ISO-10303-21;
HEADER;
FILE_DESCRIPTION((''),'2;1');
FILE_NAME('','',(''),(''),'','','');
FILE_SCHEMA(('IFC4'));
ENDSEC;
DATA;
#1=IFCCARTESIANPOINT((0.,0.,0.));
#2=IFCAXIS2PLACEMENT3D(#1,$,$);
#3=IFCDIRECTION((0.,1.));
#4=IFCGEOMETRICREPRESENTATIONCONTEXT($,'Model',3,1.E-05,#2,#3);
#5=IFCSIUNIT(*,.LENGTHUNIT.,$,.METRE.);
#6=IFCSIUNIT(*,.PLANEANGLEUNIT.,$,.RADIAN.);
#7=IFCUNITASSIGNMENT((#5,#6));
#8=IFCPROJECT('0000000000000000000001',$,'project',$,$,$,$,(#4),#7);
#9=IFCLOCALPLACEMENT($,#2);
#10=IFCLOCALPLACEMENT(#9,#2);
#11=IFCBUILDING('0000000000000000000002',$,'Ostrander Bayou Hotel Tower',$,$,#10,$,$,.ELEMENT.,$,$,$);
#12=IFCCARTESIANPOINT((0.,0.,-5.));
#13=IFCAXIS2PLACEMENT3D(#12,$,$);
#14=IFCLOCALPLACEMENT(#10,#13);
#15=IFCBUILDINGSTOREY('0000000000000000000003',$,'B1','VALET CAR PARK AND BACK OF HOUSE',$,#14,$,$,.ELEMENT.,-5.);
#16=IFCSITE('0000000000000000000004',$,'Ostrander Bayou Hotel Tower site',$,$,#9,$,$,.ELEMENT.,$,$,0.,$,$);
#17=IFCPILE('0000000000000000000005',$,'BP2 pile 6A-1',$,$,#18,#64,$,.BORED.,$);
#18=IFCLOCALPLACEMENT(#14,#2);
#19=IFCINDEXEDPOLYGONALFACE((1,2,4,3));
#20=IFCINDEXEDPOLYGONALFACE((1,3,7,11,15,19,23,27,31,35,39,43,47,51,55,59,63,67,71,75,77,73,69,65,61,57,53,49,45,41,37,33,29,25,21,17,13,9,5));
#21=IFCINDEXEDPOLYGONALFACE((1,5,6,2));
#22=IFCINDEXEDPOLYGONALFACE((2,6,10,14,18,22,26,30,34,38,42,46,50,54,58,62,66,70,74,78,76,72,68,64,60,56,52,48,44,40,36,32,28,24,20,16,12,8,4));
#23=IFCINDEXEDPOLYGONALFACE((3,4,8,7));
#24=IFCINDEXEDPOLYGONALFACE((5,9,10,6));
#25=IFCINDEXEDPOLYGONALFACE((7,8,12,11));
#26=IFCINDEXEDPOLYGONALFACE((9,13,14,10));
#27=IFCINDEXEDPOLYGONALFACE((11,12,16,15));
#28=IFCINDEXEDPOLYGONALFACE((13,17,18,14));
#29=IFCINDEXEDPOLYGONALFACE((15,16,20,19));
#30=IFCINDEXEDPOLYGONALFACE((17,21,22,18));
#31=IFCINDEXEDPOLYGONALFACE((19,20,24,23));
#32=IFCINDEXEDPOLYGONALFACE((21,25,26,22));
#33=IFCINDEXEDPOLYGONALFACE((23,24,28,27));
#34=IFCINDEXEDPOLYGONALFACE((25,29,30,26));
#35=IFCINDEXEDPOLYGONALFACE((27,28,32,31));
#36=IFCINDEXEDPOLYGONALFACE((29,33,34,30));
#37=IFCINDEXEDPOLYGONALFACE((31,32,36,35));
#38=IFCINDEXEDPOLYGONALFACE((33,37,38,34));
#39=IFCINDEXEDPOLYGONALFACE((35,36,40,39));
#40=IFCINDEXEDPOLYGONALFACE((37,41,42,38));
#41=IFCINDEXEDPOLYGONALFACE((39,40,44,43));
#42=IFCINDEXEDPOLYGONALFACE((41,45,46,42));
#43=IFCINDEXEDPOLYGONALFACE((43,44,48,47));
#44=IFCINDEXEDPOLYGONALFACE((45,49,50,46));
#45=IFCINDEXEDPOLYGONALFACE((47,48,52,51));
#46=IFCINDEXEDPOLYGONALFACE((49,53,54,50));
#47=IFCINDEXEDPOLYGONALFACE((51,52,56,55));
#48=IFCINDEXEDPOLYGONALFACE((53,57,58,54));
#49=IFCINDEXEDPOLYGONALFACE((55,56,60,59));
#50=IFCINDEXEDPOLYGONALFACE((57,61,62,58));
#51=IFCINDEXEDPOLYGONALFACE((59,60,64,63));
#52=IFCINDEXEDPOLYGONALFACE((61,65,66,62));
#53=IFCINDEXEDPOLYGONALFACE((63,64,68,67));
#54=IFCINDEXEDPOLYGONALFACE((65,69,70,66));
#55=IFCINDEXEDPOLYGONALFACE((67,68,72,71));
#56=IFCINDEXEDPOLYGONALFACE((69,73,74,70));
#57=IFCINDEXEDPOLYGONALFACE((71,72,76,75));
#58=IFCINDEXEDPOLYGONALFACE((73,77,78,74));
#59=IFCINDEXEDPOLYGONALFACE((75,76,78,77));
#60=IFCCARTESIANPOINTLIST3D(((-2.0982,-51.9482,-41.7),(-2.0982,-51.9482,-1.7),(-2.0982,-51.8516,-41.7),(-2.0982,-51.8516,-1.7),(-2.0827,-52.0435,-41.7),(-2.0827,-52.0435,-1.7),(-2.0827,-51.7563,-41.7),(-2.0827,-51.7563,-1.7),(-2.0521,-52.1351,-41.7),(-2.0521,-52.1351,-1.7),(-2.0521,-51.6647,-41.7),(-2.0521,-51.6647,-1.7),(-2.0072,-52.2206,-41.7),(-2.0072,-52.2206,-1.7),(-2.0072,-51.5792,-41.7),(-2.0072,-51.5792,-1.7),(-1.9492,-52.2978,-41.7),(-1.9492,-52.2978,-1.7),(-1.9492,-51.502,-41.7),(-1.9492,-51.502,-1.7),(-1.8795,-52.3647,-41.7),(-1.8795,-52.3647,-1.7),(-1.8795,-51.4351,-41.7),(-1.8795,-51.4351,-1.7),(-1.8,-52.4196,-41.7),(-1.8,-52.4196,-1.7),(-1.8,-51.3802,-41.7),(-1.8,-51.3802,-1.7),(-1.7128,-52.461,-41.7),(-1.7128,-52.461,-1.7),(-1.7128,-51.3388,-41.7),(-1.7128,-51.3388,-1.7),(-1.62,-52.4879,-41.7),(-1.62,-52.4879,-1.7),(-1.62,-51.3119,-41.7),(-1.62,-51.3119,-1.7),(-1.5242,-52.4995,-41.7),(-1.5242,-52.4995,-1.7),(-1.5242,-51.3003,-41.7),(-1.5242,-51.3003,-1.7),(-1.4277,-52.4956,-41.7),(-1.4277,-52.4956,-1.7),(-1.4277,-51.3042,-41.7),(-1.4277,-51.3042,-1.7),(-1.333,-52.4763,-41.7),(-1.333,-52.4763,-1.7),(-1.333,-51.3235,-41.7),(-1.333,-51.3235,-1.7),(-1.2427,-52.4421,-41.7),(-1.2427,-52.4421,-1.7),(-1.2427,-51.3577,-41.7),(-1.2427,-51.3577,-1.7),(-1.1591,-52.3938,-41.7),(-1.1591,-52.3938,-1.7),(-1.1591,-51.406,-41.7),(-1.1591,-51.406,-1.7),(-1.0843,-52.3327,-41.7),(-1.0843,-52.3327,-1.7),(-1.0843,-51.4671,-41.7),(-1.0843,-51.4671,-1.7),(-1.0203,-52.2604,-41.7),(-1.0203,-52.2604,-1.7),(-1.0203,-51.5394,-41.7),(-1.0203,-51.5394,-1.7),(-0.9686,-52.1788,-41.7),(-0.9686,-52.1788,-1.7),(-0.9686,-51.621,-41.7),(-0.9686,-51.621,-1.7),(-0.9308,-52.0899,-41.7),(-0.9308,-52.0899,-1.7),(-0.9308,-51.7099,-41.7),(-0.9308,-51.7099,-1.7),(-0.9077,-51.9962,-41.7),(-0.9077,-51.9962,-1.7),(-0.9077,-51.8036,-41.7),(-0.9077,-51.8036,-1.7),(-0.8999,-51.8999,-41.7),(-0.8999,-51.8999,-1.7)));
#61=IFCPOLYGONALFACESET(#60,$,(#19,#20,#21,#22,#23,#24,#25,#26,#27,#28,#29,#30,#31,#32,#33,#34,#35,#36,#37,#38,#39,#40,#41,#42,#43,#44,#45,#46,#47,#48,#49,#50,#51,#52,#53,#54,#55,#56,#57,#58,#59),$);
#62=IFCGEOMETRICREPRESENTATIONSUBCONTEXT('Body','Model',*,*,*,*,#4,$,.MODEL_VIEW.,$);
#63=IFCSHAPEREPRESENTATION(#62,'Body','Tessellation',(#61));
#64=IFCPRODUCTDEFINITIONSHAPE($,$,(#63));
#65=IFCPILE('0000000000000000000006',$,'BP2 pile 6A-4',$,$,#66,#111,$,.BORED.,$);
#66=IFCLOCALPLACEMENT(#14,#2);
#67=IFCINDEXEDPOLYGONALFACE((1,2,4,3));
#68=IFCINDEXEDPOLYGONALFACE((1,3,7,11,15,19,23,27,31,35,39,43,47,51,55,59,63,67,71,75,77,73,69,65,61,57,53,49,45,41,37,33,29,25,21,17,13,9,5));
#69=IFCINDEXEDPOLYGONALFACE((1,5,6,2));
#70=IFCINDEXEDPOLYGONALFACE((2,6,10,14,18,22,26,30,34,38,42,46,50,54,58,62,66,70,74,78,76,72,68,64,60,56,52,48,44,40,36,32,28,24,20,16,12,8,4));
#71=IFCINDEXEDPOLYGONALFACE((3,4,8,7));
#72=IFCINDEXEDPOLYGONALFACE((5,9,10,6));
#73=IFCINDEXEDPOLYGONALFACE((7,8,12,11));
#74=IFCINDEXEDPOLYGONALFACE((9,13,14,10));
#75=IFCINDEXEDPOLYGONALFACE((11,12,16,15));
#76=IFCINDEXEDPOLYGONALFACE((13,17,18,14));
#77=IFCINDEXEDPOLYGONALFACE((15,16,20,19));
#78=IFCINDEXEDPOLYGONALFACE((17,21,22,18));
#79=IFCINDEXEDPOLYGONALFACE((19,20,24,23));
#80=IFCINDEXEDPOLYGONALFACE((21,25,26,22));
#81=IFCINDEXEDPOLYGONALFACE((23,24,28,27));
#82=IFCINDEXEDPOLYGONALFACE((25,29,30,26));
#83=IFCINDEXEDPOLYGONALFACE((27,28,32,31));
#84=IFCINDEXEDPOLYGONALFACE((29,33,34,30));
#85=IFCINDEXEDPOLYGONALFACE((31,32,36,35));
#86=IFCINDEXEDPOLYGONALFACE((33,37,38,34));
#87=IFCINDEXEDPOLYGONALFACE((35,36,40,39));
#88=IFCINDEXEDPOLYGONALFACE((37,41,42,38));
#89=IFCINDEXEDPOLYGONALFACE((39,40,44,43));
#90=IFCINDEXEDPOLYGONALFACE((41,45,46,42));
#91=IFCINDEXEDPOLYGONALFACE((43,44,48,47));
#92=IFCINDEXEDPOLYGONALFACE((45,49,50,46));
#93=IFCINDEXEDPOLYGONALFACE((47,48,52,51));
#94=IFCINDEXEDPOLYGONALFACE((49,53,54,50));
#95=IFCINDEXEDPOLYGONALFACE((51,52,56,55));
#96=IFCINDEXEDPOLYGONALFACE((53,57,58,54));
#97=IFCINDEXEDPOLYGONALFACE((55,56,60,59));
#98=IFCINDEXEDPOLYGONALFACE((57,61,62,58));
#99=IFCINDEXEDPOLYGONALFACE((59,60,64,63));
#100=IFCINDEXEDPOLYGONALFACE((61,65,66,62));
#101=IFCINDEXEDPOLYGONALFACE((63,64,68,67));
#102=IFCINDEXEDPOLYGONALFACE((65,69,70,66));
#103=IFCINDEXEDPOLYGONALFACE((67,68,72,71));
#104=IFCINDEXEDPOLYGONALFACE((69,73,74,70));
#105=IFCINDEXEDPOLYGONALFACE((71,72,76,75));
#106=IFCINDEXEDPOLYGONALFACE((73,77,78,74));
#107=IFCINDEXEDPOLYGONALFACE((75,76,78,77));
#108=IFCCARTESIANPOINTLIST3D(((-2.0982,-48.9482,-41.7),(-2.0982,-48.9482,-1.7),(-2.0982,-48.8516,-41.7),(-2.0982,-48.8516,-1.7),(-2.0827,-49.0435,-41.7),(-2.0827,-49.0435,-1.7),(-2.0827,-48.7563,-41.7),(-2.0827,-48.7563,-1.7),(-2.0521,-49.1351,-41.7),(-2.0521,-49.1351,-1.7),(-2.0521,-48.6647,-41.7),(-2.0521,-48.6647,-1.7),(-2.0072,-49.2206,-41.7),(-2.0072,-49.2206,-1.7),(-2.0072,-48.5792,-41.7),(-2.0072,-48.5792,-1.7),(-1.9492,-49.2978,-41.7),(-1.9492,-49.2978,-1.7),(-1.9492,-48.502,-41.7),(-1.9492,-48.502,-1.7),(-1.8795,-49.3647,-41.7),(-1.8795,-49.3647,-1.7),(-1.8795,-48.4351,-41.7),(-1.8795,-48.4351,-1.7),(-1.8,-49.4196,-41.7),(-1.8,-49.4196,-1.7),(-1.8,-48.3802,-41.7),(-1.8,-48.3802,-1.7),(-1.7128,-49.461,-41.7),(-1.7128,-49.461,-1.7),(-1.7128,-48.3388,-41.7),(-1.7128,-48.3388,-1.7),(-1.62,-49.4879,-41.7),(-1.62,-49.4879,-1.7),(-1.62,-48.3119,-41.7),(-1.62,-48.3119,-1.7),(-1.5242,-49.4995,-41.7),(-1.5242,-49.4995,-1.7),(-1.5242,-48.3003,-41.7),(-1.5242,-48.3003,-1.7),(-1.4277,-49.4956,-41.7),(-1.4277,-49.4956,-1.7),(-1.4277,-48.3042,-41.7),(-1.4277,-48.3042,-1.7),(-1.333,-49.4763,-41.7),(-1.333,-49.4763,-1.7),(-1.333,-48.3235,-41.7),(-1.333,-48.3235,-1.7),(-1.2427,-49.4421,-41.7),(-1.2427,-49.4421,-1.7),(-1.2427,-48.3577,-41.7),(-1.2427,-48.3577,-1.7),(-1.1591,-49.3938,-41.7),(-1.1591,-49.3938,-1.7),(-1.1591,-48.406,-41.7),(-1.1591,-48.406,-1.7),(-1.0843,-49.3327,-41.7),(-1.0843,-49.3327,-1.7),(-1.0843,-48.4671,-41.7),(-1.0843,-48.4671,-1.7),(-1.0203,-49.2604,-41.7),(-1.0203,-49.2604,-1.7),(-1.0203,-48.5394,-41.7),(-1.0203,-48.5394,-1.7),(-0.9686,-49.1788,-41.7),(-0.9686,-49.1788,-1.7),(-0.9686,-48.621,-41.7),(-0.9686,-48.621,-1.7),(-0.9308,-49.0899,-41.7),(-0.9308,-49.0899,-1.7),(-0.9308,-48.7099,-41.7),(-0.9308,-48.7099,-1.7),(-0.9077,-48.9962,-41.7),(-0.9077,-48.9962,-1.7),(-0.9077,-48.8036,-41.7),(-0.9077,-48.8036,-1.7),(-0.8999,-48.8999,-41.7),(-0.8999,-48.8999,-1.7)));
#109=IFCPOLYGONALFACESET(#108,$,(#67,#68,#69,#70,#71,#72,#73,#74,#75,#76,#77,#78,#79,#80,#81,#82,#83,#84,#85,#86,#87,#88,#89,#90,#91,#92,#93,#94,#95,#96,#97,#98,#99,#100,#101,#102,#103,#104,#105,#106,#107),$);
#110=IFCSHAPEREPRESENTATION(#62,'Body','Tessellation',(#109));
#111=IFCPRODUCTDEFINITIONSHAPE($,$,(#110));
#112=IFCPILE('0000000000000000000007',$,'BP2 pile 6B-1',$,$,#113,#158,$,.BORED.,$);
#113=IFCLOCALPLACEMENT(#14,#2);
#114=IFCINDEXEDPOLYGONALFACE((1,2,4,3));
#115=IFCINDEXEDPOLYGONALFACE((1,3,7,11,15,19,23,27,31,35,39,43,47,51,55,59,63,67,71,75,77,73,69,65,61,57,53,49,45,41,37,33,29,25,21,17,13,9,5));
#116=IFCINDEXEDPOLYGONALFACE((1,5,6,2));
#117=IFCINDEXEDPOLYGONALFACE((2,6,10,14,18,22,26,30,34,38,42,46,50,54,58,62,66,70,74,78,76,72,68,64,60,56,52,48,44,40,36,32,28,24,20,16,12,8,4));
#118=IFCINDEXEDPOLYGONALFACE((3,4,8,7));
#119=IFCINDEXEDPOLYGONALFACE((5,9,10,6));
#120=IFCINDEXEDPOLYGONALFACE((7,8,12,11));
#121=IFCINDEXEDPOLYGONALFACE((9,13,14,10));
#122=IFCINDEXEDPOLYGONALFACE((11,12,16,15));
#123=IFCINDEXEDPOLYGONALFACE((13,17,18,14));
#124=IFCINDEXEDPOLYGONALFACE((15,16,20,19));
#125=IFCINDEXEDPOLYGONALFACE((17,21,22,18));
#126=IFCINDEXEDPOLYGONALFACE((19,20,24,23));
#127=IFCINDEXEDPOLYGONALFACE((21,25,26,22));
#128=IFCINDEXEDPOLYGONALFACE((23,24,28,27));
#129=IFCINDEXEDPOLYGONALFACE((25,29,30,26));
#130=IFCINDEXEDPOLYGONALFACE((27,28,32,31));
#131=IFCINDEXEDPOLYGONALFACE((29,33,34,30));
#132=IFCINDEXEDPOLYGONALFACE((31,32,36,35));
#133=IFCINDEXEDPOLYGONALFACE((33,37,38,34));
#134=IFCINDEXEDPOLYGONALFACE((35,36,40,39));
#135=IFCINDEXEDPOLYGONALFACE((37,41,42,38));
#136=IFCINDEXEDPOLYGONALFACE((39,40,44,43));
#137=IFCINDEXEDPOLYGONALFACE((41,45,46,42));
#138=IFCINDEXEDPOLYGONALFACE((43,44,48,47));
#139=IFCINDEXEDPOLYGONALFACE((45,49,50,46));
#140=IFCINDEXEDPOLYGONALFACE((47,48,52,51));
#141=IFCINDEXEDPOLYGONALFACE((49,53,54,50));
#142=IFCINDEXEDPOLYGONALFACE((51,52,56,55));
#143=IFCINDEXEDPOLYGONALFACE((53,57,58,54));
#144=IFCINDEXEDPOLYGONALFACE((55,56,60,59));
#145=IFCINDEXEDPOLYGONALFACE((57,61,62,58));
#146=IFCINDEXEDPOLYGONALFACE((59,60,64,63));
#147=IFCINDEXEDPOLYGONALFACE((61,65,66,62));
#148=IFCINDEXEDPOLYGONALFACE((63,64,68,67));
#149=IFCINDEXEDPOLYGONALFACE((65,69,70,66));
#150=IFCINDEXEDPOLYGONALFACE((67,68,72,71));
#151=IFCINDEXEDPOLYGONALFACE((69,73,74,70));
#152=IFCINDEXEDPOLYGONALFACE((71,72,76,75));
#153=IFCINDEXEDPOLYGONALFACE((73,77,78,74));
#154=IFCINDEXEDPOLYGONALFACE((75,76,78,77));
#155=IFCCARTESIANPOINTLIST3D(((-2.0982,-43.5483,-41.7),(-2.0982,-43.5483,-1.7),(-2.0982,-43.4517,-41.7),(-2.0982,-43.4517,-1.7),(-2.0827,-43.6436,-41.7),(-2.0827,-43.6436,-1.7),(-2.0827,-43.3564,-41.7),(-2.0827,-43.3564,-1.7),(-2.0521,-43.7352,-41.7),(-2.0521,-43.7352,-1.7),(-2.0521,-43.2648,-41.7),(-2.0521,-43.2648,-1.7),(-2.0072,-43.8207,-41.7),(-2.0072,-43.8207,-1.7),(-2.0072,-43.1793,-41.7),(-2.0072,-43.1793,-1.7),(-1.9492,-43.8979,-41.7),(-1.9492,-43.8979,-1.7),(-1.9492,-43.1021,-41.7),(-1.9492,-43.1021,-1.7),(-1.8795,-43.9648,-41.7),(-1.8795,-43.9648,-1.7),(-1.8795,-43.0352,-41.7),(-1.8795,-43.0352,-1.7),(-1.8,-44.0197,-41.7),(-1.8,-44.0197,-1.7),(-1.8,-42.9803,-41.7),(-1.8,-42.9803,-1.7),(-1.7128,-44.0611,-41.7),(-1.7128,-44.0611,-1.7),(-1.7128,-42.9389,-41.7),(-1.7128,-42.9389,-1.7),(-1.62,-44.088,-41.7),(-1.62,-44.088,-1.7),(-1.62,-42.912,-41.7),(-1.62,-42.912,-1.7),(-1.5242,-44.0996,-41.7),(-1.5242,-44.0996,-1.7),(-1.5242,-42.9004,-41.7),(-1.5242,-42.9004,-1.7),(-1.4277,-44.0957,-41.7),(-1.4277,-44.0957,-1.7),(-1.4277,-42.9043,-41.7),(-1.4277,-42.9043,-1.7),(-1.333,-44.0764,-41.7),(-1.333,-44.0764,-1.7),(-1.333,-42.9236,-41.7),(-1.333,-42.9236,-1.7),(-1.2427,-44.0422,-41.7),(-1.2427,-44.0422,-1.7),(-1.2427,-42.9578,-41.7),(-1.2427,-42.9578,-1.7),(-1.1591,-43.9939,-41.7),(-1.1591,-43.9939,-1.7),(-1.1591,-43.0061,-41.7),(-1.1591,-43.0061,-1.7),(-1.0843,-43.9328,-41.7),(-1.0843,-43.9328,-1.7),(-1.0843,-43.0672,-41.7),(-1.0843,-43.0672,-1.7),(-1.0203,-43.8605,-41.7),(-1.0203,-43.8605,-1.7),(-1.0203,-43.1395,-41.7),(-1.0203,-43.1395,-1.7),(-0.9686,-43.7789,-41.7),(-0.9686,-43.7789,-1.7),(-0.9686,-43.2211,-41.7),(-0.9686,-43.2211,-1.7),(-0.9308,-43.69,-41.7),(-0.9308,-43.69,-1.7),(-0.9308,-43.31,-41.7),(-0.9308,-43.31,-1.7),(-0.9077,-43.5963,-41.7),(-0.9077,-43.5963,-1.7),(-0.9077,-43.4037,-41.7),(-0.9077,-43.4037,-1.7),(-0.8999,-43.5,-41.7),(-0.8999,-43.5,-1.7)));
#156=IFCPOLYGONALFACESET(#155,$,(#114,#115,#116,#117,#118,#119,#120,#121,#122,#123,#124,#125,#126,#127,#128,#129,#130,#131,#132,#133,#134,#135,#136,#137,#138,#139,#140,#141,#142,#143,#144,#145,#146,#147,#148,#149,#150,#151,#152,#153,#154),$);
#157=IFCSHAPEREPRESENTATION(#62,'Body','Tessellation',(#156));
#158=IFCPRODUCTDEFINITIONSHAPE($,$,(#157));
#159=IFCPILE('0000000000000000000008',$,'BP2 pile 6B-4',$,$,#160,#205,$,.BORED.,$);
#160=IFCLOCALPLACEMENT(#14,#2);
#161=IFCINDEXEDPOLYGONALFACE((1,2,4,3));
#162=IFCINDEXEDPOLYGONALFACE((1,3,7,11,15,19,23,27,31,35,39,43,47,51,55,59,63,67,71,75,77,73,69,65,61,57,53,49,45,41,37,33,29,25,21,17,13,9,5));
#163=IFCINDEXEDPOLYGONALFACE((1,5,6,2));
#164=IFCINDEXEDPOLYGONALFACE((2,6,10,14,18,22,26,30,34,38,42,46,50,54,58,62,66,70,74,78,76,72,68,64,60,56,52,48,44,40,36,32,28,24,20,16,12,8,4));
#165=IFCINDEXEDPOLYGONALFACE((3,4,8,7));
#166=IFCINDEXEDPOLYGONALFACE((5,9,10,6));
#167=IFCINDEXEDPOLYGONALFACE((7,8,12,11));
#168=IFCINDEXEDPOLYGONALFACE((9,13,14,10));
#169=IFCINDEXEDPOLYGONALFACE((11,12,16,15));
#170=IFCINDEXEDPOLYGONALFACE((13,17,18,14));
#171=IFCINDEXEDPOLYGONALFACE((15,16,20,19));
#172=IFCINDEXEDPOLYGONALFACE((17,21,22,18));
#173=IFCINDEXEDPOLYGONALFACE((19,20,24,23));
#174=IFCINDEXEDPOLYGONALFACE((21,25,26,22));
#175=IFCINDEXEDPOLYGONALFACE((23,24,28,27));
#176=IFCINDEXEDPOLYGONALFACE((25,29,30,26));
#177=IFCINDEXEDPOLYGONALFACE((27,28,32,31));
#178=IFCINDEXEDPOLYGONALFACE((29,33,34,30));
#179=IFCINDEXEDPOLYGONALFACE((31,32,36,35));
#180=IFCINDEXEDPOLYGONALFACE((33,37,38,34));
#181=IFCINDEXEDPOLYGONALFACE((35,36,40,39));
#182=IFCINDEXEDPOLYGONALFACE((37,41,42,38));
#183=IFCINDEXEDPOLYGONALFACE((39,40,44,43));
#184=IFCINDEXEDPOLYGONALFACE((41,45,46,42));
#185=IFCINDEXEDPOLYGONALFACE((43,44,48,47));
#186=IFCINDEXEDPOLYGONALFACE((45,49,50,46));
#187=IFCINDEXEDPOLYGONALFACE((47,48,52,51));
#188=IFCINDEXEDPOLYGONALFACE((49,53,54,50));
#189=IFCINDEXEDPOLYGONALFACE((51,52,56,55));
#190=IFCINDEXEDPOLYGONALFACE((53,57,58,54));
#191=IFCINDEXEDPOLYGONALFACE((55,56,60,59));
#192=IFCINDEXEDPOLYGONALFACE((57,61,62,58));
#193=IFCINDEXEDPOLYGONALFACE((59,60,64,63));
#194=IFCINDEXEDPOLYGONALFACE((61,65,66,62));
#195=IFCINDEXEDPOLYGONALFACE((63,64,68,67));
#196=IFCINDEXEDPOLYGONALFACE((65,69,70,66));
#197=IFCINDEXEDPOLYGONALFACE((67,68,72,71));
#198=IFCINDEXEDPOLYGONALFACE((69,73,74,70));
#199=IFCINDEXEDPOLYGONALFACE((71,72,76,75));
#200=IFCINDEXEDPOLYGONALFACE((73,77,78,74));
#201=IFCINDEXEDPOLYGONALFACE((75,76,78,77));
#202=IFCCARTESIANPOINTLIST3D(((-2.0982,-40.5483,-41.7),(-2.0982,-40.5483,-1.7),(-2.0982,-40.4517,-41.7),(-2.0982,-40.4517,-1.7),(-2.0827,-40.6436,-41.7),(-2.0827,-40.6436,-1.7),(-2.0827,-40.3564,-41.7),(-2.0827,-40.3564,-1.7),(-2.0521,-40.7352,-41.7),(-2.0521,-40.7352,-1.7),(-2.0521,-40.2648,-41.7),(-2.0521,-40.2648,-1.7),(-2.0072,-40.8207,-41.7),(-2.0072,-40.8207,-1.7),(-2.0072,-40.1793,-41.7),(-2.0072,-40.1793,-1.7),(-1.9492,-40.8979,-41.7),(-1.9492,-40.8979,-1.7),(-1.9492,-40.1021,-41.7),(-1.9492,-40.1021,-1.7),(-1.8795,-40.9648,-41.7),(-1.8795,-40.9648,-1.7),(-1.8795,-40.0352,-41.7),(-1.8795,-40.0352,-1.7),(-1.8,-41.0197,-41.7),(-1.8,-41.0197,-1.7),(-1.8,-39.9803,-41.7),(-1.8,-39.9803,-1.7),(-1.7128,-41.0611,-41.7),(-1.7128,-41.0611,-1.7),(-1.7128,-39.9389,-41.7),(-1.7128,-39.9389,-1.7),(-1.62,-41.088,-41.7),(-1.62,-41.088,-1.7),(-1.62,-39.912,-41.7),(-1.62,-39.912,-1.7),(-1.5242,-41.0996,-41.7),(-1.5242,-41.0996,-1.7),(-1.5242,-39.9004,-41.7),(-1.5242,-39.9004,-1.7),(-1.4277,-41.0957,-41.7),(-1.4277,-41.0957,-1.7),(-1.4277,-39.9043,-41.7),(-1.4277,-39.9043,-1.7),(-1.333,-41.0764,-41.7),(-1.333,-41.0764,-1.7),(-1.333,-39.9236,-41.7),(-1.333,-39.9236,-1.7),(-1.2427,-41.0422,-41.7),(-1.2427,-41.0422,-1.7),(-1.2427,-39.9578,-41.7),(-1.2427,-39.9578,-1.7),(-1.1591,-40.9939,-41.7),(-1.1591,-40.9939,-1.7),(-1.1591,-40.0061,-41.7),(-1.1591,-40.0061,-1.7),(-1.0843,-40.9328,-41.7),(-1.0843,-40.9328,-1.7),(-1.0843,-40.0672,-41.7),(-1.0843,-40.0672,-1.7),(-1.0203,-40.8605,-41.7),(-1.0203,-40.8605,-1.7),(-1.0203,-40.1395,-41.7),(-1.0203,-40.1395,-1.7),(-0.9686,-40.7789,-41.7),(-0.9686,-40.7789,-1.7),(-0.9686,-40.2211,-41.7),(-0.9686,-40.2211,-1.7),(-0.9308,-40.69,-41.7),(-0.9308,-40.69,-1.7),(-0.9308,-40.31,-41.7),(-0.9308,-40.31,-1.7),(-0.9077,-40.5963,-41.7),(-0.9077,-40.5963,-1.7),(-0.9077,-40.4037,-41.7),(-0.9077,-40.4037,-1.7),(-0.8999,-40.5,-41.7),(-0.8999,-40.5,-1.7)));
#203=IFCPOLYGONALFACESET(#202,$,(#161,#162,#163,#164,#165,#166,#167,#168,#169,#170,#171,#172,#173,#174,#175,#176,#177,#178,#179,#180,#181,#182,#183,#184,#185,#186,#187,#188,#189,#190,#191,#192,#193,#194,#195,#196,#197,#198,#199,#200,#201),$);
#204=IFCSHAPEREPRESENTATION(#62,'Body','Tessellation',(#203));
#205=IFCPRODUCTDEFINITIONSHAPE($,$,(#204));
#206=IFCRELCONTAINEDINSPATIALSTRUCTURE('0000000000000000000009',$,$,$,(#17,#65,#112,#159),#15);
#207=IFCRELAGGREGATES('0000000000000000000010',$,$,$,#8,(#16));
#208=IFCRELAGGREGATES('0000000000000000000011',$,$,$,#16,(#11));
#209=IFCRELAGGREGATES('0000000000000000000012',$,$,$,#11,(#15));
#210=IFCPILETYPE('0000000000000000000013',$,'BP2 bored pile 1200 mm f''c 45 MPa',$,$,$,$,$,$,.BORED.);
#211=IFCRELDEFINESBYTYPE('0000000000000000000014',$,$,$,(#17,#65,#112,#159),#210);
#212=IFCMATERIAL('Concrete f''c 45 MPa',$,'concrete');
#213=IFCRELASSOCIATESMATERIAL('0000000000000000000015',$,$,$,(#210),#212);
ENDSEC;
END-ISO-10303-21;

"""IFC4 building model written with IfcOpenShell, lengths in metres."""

from ifc_helpers import new_model, si_unit, direction, frame, origin, origin_2d, place, context, subcontext, project, spatial, circle, extrude, material, material_profile, profile_set, type_object, element, save


model = new_model("IFC4")

# Units and contexts
model_context = context("Model", 3, precision=1e-05, world=origin(), true_north=direction((0.0, 1.0)))
body_context = subcontext(model_context, "Body", "Model", "MODEL_VIEW")
ifc_project = project(units=[si_unit("LENGTHUNIT", "METRE"), si_unit("PLANEANGLEUNIT", "RADIAN")], contexts=[model_context])

# Site, building, storey
site_placement = place(None, origin())
site = spatial("IfcSite", under=ifc_project, at=site_placement, Name="Ostrander Bayou Hotel Tower site", CompositionType="ELEMENT", RefElevation=0.0)
building_placement = place(site_placement, origin())
building = spatial("IfcBuilding", under=site, at=building_placement, Name="Ostrander Bayou Hotel Tower", CompositionType="ELEMENT")
storey_placement = place(building_placement, frame((0.0, 0.0, -5.0)))
storey = spatial("IfcBuildingStorey", under=building, at=storey_placement, Name="B1", Description="VALET CAR PARK AND BACK OF HOUSE", CompositionType="ELEMENT", Elevation=-5.0)

# Piles
ifc_material_1 = material(Name="Concrete f'c 45 MPa", Category="concrete")
ifc_material_profile_1 = material_profile(ifc_material_1, circle(Radius=0.6001, at=origin_2d()))
ifc_profile_set_1 = profile_set([ifc_material_profile_1], Name="Concrete f'c 45 MPa")
pile_type = type_object("IfcPileType", Name="BP2 bored pile 1200 mm f'c 45 MPa", PredefinedType="BORED", material=ifc_profile_set_1)
for number, where, z_axis, x_axis, name in (
    (1, (-1.5, -51.8999, -1.7), (0.0, 0.0, -1.0), (1.0, 0.0, 0.0), "BP2 pile 6A-1"),
    (2, (-1.5, -48.8999, -1.7), (0.0, 0.0, -1.0), (1.0, 0.0, 0.0), "BP2 pile 6A-4"),
    (3, (-1.5, -43.5, -1.7), (0.0, 0.0, -1.0), (1.0, 0.0, 0.0), "BP2 pile 6B-1"),
    (4, (-1.5, -40.5, -1.7), (0.0, 0.0, -1.0), (1.0, 0.0, 0.0), "BP2 pile 6B-4"),
):
    element("IfcPile", number, at=place(storey_placement, frame(where, z_axis=z_axis, x_axis=x_axis)), inside=storey, type_object=pile_type, Name=name, PredefinedType="BORED", context=body_context, shape_type="SweptSolid", body=[
        extrude(circle(Radius=0.6001, at=origin_2d()), origin(), (0.0, 0.0, 1.0), 40.0),
    ])

save(model, "model.ifc")
